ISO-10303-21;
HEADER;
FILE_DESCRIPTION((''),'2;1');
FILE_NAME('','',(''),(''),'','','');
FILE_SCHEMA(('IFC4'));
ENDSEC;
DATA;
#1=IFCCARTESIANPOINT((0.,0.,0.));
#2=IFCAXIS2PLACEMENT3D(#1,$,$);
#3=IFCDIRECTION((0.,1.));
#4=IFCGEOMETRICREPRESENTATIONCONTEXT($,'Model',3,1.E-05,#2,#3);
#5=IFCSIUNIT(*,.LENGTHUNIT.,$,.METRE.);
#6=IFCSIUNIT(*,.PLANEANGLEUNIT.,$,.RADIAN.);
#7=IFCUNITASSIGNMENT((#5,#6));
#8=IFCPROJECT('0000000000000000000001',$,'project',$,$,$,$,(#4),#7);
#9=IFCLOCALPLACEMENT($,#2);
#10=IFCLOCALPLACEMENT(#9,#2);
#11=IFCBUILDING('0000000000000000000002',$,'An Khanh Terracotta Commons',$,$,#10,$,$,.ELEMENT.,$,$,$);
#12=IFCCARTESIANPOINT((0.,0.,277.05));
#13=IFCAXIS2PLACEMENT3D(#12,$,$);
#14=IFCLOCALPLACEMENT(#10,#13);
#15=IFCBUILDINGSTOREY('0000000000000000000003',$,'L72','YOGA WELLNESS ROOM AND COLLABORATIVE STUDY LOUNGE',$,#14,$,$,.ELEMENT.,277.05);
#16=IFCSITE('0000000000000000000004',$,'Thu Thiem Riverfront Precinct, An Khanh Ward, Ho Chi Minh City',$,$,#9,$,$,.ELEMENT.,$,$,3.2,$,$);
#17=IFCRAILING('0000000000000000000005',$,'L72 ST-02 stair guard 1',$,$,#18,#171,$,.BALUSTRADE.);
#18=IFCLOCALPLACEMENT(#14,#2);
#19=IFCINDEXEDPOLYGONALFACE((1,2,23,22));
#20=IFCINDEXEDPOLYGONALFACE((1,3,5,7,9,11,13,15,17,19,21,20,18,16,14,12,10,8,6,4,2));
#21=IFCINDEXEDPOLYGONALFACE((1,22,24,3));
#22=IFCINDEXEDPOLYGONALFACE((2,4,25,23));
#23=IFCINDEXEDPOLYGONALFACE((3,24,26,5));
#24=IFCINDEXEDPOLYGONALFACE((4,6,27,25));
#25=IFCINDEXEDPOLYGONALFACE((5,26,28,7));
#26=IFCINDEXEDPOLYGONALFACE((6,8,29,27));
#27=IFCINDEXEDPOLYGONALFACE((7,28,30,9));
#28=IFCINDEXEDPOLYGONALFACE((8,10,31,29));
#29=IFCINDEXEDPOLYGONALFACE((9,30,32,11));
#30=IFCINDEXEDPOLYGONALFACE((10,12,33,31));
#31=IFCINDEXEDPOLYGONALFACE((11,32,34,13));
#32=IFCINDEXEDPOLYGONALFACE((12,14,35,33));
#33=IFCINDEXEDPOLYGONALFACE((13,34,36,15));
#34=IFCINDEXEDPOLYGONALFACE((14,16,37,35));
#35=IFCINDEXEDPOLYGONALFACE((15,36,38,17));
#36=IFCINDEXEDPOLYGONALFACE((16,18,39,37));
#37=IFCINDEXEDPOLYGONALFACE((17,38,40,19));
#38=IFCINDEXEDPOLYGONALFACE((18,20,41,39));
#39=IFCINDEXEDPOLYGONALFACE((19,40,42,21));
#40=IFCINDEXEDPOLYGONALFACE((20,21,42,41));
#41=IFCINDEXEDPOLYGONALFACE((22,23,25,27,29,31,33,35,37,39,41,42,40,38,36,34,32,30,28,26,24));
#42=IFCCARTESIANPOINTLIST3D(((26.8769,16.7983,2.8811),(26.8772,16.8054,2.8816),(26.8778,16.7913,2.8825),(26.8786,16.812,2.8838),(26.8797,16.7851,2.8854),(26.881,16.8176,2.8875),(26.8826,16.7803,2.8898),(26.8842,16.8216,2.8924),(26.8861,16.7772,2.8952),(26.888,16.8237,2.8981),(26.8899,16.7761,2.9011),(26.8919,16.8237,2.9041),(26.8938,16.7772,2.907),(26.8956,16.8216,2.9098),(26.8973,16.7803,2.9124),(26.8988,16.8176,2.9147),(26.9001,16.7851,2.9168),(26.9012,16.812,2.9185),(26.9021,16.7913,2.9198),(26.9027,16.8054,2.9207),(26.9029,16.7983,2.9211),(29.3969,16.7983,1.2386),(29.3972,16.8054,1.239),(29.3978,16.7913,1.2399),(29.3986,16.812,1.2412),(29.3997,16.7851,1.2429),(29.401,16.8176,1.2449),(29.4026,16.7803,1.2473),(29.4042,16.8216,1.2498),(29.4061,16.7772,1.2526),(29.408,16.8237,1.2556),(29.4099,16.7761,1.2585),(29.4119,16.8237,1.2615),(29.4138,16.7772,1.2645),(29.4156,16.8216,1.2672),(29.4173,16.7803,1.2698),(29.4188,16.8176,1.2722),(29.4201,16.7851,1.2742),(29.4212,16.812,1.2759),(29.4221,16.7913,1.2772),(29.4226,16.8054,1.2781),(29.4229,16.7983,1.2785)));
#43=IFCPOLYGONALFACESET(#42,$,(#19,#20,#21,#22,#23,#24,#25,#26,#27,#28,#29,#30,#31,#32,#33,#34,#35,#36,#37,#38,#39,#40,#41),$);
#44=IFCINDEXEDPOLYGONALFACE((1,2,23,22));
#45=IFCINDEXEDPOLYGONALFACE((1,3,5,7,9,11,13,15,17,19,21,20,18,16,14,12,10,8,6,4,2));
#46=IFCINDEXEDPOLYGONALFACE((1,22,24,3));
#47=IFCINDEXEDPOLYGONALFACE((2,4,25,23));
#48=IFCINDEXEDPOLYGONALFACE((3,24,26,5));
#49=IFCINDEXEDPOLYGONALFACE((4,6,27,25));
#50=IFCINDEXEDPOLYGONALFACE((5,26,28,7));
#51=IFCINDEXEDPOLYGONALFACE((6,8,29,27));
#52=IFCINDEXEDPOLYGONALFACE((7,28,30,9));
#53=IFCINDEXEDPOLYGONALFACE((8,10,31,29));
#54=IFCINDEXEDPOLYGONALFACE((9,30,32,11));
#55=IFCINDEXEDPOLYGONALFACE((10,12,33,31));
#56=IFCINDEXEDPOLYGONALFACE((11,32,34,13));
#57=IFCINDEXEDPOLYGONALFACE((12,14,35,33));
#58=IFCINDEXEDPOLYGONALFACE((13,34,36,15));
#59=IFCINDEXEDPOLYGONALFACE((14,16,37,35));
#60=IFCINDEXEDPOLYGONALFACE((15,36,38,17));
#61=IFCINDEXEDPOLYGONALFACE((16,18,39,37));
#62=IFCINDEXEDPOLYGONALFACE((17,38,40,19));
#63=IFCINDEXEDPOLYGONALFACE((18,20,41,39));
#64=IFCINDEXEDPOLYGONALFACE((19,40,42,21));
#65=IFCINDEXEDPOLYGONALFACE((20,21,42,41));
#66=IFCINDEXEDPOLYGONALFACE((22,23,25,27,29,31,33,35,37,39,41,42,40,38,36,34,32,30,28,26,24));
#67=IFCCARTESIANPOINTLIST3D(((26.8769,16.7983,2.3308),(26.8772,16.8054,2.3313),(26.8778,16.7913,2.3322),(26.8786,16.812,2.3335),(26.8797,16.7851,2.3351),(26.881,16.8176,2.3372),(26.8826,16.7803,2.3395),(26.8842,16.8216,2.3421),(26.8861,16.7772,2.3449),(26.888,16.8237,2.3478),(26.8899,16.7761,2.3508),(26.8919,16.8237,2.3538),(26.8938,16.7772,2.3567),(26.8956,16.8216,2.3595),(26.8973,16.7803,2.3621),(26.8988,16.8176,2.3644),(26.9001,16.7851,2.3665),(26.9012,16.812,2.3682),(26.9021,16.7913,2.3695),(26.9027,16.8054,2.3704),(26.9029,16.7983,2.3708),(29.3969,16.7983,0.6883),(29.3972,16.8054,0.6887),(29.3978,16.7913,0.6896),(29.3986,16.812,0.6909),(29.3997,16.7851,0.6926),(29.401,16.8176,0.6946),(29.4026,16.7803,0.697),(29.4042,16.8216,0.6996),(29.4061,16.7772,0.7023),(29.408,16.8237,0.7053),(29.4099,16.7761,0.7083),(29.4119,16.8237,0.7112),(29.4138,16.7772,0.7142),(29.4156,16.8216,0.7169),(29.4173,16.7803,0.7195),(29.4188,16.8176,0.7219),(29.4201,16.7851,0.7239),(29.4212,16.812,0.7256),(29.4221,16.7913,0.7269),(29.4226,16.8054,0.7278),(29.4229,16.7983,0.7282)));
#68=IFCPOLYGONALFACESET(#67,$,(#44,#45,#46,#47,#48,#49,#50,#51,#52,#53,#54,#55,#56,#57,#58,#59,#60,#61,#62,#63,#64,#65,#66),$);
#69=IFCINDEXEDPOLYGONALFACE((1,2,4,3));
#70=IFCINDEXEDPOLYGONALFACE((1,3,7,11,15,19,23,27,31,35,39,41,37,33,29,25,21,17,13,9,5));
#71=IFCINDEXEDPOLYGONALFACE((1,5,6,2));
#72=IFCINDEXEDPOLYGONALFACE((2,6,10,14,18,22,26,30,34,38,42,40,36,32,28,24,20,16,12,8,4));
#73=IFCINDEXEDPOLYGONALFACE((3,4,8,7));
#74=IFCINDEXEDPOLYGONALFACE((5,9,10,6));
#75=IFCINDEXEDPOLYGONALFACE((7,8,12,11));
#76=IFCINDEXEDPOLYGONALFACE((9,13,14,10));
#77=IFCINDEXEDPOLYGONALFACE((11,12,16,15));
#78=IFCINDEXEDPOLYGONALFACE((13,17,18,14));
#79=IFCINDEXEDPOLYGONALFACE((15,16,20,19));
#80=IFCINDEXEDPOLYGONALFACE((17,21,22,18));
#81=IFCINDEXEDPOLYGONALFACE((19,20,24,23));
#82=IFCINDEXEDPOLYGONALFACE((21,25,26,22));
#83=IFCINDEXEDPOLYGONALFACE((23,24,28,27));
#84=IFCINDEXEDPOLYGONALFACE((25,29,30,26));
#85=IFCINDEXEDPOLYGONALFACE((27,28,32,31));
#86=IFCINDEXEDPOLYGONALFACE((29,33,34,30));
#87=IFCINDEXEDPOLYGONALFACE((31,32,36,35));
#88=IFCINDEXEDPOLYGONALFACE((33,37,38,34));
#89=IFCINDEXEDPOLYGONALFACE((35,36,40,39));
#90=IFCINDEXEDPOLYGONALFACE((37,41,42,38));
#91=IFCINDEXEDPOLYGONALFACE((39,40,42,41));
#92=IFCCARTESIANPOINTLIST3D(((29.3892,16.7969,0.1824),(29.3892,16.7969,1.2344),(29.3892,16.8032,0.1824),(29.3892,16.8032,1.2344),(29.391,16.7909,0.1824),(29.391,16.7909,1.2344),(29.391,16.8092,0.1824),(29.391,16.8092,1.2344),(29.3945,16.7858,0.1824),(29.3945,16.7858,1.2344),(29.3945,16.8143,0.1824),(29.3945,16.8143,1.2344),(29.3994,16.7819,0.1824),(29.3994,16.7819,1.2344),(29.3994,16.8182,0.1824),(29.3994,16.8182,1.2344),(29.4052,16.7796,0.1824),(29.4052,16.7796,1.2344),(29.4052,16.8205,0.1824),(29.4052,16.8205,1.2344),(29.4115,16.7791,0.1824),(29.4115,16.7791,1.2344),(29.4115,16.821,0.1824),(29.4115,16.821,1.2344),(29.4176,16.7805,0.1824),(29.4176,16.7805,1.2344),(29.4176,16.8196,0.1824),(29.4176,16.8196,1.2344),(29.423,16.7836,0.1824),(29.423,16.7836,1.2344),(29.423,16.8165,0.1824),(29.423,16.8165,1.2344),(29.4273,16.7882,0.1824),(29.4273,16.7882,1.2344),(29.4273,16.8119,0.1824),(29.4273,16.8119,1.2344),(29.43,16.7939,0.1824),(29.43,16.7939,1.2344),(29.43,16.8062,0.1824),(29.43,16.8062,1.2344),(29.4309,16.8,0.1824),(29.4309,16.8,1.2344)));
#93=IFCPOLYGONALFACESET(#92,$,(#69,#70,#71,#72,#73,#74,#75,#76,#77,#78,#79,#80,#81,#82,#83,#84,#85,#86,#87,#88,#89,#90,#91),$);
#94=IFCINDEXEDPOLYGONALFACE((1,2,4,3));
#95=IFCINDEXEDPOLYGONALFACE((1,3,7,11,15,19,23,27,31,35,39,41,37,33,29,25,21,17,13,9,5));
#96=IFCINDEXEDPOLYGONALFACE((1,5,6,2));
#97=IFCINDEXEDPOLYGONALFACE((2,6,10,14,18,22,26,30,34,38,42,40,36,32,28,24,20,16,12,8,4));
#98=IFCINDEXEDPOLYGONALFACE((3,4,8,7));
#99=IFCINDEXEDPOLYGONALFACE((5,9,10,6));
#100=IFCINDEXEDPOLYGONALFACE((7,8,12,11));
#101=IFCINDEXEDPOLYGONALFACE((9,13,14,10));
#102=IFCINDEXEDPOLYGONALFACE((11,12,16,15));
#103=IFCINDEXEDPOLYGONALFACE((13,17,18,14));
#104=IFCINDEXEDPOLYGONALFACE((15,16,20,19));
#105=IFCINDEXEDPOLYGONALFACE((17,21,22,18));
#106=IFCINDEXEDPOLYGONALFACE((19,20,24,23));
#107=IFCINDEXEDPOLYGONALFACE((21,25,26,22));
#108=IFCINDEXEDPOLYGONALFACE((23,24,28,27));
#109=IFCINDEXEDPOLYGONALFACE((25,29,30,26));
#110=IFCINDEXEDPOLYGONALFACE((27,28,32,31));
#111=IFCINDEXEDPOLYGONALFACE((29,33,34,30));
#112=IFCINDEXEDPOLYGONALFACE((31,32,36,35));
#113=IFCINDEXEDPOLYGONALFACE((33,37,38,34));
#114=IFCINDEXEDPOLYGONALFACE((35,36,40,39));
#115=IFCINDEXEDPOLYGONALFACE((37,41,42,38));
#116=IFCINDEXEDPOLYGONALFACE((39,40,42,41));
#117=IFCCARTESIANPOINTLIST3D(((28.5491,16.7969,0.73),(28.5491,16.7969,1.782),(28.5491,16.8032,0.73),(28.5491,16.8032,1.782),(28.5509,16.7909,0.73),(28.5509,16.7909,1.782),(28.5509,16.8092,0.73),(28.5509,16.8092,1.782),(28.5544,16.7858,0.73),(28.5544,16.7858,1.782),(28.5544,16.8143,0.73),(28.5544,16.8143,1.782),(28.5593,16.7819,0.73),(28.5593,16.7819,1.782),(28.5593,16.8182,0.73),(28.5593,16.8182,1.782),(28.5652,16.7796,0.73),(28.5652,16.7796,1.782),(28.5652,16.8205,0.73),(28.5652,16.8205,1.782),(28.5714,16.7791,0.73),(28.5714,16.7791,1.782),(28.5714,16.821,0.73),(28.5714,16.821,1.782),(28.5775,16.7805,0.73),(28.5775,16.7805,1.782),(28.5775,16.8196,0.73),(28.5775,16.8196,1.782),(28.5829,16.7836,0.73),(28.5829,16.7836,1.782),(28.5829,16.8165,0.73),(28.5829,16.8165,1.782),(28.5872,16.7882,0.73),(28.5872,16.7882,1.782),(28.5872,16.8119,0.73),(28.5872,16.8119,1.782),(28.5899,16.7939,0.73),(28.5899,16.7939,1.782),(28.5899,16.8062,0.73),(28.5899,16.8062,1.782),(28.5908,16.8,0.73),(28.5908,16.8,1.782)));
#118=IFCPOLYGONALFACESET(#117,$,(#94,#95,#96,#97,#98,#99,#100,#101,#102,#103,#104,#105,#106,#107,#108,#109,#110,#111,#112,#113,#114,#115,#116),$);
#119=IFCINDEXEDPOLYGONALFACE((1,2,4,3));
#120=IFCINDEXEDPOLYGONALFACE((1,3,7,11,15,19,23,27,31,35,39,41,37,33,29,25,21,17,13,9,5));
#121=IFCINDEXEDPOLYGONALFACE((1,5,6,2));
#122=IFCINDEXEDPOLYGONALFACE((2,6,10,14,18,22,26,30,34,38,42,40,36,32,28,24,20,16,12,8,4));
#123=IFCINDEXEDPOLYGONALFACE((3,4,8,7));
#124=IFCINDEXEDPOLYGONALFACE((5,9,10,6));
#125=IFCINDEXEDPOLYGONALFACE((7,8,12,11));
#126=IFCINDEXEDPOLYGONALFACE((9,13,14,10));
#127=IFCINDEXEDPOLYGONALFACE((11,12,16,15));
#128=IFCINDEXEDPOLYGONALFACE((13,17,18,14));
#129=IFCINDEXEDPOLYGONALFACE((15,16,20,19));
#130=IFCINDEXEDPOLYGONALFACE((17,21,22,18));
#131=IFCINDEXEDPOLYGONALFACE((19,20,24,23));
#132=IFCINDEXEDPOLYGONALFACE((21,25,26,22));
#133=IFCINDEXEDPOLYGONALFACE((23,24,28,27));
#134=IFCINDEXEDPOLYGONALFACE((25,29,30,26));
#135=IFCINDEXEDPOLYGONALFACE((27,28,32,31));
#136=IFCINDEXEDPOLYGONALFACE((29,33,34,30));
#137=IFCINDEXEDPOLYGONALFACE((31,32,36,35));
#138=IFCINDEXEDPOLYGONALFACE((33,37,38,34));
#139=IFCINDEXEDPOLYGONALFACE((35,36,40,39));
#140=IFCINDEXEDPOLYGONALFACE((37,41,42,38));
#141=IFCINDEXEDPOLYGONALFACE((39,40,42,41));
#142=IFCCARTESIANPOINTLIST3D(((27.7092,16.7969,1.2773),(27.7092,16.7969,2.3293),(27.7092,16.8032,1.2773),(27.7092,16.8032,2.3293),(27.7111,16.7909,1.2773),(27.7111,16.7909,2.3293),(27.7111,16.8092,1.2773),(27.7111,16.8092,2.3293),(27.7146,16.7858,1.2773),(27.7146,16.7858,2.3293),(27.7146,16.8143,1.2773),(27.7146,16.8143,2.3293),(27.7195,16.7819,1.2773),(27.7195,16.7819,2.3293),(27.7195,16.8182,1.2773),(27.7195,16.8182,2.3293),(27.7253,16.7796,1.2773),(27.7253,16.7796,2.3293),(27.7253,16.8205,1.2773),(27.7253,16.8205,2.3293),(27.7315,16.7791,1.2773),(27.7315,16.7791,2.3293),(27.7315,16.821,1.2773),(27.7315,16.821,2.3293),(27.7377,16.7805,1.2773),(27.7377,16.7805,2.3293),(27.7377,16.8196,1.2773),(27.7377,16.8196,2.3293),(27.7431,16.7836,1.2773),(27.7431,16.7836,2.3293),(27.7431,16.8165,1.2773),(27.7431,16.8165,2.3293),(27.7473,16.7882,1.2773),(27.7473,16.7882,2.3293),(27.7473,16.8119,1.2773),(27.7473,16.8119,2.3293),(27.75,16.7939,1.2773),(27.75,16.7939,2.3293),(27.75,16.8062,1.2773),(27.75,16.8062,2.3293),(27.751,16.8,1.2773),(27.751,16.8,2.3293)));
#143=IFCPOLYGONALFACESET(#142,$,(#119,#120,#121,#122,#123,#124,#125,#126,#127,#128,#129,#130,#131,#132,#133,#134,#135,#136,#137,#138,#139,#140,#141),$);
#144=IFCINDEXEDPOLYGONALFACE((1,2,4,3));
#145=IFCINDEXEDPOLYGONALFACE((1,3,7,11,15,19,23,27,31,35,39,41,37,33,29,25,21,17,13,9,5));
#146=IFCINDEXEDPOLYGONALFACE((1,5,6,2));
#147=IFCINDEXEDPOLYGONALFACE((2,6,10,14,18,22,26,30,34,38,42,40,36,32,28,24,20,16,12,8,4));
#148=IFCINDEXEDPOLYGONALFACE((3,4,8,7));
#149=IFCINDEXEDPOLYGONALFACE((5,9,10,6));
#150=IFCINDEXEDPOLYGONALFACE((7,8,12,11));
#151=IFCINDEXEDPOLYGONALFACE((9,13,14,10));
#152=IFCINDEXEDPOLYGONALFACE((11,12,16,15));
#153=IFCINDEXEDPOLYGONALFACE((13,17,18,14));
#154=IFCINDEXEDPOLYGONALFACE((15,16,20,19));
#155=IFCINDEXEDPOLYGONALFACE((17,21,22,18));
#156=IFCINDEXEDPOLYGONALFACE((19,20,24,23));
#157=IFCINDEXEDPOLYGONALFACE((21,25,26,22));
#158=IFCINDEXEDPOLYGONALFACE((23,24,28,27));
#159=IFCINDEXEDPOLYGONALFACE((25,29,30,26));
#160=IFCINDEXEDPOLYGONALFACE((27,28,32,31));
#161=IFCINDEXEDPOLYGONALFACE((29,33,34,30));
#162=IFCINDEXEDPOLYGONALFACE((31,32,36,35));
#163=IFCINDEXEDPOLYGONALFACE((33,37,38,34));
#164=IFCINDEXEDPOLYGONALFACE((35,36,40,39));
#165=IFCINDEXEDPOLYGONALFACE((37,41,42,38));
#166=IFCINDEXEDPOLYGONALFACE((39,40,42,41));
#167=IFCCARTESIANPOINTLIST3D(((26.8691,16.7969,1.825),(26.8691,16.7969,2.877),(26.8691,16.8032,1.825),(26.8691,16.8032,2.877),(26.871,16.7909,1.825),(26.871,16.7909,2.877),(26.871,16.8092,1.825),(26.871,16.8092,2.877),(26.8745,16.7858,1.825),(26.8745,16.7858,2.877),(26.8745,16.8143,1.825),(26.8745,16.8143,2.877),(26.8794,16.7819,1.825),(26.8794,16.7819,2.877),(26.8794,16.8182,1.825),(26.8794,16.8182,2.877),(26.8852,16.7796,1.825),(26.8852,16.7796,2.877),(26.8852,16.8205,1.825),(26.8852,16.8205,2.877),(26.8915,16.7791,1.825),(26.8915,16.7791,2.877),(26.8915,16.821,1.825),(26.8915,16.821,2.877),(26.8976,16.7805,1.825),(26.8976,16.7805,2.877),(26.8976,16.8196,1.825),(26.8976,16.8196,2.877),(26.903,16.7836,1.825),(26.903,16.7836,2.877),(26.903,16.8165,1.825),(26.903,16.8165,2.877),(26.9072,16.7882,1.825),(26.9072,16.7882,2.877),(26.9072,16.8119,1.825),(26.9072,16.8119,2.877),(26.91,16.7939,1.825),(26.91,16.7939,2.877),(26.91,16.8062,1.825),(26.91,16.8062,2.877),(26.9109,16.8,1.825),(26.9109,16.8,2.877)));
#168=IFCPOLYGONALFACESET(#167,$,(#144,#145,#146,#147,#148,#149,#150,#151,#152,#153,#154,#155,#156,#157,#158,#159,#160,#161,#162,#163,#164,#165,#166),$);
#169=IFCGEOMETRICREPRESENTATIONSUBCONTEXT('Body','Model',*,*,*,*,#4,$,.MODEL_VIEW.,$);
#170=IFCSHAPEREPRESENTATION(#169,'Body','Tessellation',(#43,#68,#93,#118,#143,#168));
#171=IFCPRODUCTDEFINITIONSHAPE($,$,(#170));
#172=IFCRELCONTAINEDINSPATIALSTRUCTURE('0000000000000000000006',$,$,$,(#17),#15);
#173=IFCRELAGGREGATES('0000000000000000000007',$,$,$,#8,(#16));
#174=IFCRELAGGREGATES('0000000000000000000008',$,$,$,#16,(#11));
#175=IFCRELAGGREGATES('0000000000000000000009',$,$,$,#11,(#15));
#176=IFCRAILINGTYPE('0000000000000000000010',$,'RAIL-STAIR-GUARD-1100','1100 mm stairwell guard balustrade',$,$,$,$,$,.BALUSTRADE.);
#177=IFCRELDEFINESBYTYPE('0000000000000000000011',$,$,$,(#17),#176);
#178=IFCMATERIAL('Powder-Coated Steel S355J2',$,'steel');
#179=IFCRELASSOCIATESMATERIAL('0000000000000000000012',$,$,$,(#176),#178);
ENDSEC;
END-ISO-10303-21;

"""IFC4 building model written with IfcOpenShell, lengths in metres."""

from ifc_helpers import new_model, si_unit, direction, frame, origin, origin_2d, place, context, subcontext, project, spatial, circle, extrude, material, type_object, element, save


model = new_model("IFC4")

# Units and contexts
model_context = context("Model", 3, precision=1e-05, world=origin(), true_north=direction((0.0, 1.0)))
body_context = subcontext(model_context, "Body", "Model", "MODEL_VIEW")
ifc_project = project(units=[si_unit("LENGTHUNIT", "METRE"), si_unit("PLANEANGLEUNIT", "RADIAN")], contexts=[model_context])

# Site, building, storey
site_placement = place(None, origin())
site = spatial("IfcSite", under=ifc_project, at=site_placement, Name="Thu Thiem Riverfront Precinct, An Khanh Ward, Ho Chi Minh City", CompositionType="ELEMENT", RefElevation=3.2)
building_placement = place(site_placement, origin())
building = spatial("IfcBuilding", under=site, at=building_placement, Name="An Khanh Terracotta Commons", CompositionType="ELEMENT")
storey_placement = place(building_placement, frame((0.0, 0.0, 277.05)))
storey = spatial("IfcBuildingStorey", under=building, at=storey_placement, Name="L72", Description="YOGA WELLNESS ROOM AND COLLABORATIVE STUDY LOUNGE", CompositionType="ELEMENT", Elevation=277.05)

# Railing
ifc_material_1 = material(Name="Powder-Coated Steel S355J2", Category="steel")
railing_type_1 = type_object("IfcRailingType", Name="RAIL-STAIR-GUARD-1100", Description="1100 mm stairwell guard balustrade", PredefinedType="BALUSTRADE", material=ifc_material_1)
railing_1_placement = place(storey_placement, frame((29.4099, 16.8, 0.1824)))
element("IfcRailing", 1, at=railing_1_placement, inside=storey, type_object=railing_type_1, Name="L72 ST-02 stair guard 1", PredefinedType="BALUSTRADE", context=body_context, shape_type="SweptSolid", body=[
    extrude(circle(Radius=0.0239, at=origin_2d()), frame((0.0, 0.0, 1.0762), z_axis=(-0.837749, 0.0, 0.546055), x_axis=(0.0, -1.0, 0.0)), (0.0, 0.0, 1.0), 3.0081),
    extrude(circle(Radius=0.0239, at=origin_2d()), frame((0.0, 0.0, 0.5259), z_axis=(-0.837749, 0.0, 0.546055), x_axis=(0.0, -1.0, 0.0)), (0.0, 0.0, 1.0), 3.0081),
    extrude(circle(Radius=0.021, at=origin_2d()), origin(), (0.0, 0.0, 1.0), 1.052),
    extrude(circle(Radius=0.021, at=origin_2d()), frame((-0.8401, 0.0, 0.5476)), (0.0, 0.0, 1.0), 1.052),
    extrude(circle(Radius=0.021, at=origin_2d()), frame((-1.6799, 0.0, 1.095)), (0.0, 0.0, 1.0), 1.052),
    extrude(circle(Radius=0.021, at=origin_2d()), frame((-2.52, 0.0, 1.6426)), (0.0, 0.0, 1.0), 1.052),
])

save(model, "model.ifc")
